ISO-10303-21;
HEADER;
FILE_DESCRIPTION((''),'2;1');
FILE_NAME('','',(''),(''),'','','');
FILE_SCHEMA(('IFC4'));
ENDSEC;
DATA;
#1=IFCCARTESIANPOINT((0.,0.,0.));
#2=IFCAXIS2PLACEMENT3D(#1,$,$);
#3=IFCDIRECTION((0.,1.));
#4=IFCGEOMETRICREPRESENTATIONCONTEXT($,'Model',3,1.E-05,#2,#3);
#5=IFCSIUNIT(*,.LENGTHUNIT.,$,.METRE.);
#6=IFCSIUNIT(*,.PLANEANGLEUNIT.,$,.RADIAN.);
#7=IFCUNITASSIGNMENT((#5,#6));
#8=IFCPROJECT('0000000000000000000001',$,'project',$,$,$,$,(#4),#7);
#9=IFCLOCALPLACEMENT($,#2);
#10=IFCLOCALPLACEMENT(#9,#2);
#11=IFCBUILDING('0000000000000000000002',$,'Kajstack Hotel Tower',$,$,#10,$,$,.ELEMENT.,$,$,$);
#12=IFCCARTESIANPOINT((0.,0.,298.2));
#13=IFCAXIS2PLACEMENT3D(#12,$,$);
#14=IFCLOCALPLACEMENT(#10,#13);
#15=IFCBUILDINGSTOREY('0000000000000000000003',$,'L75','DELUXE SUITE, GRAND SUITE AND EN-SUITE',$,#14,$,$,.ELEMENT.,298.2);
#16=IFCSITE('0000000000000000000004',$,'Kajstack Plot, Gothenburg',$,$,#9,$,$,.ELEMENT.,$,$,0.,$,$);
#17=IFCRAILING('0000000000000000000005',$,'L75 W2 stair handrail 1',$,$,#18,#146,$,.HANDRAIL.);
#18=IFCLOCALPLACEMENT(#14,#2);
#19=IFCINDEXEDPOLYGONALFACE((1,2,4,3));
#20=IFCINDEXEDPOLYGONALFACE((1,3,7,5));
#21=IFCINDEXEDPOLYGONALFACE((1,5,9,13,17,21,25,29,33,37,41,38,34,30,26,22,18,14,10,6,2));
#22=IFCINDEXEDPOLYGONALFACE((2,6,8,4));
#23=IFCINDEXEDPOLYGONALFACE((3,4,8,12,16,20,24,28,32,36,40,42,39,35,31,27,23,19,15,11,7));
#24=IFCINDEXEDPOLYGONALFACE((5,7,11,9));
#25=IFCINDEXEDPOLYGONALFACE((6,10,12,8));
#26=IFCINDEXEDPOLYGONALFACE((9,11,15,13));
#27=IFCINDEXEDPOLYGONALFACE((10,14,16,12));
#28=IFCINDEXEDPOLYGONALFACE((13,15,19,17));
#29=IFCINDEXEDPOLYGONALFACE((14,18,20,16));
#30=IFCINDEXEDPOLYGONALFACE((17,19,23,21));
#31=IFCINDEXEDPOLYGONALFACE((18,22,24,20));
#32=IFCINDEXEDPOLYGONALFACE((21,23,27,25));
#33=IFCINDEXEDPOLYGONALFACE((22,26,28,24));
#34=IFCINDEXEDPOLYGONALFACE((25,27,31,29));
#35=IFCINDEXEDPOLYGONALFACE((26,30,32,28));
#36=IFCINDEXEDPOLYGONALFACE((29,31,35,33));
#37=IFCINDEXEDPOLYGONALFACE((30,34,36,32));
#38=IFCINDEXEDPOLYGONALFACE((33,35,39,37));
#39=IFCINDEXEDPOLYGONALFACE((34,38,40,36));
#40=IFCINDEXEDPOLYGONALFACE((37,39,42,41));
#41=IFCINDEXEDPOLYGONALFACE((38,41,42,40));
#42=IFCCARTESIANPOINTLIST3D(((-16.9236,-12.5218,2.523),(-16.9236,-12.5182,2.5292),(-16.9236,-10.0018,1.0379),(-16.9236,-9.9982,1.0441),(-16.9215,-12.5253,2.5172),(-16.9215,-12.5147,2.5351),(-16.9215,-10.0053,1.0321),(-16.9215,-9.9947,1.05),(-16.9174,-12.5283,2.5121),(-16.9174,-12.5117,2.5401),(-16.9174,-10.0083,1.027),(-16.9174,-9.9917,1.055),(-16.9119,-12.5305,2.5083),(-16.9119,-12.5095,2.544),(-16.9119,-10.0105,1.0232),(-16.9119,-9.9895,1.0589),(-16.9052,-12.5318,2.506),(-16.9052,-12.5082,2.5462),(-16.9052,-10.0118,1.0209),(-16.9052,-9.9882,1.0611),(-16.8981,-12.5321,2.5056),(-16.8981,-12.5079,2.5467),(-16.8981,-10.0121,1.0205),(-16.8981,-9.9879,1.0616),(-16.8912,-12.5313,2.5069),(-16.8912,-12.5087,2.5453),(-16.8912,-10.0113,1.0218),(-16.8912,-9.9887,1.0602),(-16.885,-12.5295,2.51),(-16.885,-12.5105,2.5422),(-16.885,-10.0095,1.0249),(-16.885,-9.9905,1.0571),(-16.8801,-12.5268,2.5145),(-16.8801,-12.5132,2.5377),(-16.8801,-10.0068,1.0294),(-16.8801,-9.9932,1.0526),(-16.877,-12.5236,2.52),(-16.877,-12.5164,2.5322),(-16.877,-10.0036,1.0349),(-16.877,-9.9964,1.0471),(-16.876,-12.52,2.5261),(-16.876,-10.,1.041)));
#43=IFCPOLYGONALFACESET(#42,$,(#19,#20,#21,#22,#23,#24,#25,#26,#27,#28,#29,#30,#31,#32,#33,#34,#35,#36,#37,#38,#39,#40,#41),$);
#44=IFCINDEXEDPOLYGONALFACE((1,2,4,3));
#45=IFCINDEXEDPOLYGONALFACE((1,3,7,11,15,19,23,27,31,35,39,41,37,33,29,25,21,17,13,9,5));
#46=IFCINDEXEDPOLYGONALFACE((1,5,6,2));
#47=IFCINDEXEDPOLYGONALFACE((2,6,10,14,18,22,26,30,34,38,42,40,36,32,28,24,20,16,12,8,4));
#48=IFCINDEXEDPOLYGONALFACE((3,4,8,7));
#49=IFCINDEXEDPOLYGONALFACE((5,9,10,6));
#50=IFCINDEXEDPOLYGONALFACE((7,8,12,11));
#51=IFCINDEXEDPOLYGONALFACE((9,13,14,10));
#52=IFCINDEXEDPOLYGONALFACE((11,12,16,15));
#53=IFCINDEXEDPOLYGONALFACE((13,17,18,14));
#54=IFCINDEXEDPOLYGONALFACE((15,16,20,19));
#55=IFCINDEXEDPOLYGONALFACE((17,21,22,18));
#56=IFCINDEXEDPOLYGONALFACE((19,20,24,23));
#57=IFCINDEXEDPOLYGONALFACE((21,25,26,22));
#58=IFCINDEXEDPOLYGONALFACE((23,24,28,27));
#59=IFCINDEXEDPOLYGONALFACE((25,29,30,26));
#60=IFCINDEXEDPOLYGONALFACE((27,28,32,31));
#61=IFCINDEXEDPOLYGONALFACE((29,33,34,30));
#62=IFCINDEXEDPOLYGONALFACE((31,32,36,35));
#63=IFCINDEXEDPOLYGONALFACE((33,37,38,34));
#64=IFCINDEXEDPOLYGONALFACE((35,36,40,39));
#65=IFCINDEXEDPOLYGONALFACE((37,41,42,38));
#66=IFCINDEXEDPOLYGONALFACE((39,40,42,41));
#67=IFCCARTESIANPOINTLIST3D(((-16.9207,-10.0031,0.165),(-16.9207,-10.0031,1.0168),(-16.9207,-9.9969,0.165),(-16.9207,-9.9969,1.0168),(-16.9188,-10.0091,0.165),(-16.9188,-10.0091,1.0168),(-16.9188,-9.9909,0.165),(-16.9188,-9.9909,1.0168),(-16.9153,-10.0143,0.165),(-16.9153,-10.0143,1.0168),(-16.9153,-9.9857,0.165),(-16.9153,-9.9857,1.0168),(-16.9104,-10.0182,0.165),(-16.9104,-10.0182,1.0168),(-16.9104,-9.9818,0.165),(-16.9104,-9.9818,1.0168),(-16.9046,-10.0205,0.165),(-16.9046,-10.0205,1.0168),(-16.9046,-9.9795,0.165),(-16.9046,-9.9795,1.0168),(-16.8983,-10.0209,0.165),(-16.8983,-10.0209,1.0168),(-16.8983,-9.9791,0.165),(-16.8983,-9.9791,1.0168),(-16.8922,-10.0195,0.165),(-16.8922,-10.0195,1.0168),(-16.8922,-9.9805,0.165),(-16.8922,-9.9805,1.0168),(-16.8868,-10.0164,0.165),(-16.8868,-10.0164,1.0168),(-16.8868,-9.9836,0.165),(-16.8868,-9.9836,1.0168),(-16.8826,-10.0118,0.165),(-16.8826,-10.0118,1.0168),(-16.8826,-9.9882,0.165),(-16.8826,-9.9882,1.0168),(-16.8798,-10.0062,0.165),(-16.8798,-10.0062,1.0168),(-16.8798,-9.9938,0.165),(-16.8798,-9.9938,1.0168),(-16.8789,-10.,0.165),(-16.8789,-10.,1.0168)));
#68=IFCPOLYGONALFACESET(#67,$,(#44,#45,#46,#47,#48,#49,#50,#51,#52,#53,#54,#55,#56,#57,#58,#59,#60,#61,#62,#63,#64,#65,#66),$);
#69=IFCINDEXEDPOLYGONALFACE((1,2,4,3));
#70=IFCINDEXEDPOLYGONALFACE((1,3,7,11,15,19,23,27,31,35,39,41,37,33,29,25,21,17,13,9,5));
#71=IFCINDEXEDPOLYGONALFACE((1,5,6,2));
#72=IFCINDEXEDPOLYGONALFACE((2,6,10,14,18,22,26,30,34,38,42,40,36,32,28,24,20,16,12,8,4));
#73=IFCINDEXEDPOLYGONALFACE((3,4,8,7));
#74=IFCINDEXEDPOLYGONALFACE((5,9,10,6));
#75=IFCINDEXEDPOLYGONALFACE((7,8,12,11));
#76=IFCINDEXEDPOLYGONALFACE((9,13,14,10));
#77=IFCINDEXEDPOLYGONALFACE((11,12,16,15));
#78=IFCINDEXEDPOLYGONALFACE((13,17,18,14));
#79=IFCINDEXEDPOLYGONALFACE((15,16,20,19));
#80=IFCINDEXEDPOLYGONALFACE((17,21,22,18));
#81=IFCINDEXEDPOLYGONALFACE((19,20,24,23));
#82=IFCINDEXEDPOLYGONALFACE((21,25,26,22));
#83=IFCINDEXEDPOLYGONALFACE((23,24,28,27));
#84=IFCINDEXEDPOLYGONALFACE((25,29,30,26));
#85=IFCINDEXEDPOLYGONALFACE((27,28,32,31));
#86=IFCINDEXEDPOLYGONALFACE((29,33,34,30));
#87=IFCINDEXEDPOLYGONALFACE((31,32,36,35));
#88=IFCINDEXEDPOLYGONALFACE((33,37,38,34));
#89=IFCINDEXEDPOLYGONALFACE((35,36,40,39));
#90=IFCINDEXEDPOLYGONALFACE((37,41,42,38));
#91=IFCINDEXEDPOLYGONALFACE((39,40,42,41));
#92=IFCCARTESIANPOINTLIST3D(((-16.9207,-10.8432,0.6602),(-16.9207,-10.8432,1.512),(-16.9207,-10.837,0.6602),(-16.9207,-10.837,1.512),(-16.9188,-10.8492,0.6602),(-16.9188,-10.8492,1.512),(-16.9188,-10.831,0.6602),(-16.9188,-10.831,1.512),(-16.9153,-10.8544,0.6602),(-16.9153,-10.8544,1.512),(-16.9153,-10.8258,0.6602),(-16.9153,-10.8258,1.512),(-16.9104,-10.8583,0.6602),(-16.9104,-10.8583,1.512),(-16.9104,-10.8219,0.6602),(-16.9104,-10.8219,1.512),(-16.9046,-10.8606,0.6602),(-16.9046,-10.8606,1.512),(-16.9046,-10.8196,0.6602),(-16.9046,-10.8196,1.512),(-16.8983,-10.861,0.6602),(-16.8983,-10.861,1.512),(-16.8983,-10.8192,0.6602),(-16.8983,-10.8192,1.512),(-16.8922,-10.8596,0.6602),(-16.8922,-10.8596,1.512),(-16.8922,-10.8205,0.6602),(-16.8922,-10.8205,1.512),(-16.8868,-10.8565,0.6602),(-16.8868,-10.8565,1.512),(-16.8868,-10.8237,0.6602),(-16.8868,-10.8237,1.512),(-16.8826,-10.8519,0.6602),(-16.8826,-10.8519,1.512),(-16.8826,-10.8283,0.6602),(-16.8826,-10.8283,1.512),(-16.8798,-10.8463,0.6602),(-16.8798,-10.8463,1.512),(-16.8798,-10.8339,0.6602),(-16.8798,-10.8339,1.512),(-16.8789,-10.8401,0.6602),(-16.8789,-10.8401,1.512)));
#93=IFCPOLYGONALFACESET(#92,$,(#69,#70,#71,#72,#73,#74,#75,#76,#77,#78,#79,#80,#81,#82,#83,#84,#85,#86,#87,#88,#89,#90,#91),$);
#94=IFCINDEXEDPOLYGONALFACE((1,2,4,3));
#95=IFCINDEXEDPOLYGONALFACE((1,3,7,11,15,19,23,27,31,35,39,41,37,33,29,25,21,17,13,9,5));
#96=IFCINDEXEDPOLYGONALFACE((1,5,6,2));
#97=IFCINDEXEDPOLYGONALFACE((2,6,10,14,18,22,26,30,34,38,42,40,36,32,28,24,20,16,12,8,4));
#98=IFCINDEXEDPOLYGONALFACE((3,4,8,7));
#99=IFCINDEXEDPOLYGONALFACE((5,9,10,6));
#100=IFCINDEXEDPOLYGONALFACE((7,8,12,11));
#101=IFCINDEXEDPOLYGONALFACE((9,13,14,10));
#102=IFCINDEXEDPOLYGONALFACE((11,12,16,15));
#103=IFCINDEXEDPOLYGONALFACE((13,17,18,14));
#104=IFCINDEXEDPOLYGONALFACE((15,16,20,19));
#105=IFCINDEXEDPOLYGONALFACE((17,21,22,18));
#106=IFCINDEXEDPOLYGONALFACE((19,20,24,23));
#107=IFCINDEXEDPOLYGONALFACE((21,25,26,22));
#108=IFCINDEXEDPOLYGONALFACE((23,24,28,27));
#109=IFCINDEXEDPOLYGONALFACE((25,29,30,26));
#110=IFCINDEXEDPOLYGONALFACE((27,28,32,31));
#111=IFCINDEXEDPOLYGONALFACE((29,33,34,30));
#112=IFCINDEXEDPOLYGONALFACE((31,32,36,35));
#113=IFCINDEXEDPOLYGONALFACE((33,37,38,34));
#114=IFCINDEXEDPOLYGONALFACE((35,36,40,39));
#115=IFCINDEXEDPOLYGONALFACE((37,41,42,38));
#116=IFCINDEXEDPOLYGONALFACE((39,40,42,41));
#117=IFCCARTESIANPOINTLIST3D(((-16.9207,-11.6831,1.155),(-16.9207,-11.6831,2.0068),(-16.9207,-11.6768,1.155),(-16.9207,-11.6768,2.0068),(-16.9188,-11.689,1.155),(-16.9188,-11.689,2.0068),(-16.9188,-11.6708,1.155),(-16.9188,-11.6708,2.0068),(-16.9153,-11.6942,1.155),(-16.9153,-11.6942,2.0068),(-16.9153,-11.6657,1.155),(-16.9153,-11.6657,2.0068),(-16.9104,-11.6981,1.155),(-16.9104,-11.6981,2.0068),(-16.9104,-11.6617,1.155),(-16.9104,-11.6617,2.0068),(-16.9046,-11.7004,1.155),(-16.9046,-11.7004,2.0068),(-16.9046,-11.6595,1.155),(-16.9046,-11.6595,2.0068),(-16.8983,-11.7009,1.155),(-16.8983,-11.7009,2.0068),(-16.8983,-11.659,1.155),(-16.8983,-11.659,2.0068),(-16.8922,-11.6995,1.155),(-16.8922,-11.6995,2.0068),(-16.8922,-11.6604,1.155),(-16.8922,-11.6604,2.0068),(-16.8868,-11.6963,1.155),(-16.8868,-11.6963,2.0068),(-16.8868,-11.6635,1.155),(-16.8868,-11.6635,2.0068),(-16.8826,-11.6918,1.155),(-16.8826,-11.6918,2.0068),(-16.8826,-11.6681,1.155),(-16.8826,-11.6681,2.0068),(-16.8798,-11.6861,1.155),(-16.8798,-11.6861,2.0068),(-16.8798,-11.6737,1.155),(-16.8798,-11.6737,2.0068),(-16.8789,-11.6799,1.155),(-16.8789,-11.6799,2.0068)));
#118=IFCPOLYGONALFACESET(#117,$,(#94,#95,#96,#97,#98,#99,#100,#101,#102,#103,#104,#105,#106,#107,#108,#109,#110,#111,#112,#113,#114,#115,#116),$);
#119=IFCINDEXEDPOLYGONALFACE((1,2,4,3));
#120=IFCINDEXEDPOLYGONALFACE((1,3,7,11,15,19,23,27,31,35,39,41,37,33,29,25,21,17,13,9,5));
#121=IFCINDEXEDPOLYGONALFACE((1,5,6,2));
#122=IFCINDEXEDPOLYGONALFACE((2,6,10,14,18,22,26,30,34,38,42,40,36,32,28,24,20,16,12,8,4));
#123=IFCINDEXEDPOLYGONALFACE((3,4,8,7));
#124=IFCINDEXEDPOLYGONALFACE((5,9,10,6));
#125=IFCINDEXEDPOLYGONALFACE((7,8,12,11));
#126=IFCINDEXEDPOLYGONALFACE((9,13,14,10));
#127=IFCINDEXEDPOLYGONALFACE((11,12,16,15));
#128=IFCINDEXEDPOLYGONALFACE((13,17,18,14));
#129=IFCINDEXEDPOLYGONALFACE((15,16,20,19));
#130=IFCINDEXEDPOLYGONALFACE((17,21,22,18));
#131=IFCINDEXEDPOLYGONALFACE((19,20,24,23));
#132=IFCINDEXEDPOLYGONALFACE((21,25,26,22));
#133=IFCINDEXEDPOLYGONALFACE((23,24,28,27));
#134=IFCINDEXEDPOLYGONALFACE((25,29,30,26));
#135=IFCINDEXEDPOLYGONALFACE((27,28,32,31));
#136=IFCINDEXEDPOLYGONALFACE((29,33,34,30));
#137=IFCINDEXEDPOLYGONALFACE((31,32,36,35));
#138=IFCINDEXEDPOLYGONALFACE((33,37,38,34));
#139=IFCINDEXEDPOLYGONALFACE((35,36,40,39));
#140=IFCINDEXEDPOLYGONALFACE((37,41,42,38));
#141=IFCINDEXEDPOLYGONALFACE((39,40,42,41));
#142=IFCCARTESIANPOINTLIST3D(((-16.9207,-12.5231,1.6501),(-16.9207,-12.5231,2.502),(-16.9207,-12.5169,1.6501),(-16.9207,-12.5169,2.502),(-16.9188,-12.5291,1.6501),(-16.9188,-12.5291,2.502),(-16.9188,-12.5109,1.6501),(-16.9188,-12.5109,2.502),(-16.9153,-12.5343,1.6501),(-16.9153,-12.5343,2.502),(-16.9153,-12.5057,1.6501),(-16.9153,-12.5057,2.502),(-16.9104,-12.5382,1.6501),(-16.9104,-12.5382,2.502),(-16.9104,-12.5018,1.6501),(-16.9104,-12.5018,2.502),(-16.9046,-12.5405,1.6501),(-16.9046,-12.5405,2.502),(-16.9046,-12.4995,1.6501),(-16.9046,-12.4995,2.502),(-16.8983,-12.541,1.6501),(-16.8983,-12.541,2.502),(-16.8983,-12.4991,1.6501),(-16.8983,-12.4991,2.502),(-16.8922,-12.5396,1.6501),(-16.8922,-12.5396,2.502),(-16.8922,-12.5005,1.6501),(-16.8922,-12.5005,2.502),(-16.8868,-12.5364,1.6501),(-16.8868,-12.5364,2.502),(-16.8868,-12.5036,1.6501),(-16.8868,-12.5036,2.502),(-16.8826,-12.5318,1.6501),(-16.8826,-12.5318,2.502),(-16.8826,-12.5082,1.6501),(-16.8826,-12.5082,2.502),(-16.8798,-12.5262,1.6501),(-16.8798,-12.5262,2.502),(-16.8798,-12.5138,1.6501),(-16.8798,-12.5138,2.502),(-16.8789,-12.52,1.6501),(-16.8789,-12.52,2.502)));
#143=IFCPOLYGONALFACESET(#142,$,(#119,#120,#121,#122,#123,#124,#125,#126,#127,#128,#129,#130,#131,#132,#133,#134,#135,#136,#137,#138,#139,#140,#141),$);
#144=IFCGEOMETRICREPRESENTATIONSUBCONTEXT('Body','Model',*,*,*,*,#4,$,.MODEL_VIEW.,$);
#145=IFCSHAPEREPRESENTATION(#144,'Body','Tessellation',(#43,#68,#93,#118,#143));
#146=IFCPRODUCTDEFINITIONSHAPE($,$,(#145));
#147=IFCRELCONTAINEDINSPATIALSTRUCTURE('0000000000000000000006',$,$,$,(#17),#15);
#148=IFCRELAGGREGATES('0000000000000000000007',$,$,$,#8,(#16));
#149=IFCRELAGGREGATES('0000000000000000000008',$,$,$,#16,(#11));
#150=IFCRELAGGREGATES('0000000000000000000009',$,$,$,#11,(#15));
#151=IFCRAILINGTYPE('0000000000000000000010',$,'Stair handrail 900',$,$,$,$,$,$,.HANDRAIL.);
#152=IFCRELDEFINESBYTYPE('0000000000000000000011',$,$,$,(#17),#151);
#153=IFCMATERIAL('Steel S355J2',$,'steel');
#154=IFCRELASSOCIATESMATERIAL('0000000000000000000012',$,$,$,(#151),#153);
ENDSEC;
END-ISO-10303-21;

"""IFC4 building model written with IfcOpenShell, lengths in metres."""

from ifc_helpers import new_model, si_unit, direction, frame, origin, origin_2d, place, context, subcontext, project, spatial, circle, extrude, material, type_object, element, save


model = new_model("IFC4")

# Units and contexts
model_context = context("Model", 3, precision=1e-05, world=origin(), true_north=direction((0.0, 1.0)))
body_context = subcontext(model_context, "Body", "Model", "MODEL_VIEW")
ifc_project = project(units=[si_unit("LENGTHUNIT", "METRE"), si_unit("PLANEANGLEUNIT", "RADIAN")], contexts=[model_context])

# Site, building, storey
site_placement = place(None, origin())
site = spatial("IfcSite", under=ifc_project, at=site_placement, Name="Kajstack Plot, Gothenburg", CompositionType="ELEMENT", RefElevation=0.0)
building_placement = place(site_placement, origin())
building = spatial("IfcBuilding", under=site, at=building_placement, Name="Kajstack Hotel Tower", CompositionType="ELEMENT")
storey_placement = place(building_placement, frame((0.0, 0.0, 298.2)))
storey = spatial("IfcBuildingStorey", under=building, at=storey_placement, Name="L75", Description="DELUXE SUITE, GRAND SUITE AND EN-SUITE", CompositionType="ELEMENT", Elevation=298.2)

# Railing
ifc_material_1 = material(Name="Steel S355J2", Category="steel")
railing_type_1 = type_object("IfcRailingType", Name="Stair handrail 900", PredefinedType="HANDRAIL", material=ifc_material_1)
railing_1_placement = place(storey_placement, frame((-16.8999, -10.0, 0.165)))
element("IfcRailing", 1, at=railing_1_placement, inside=storey, type_object=railing_type_1, Name="L75 W2 stair handrail 1", PredefinedType="HANDRAIL", context=body_context, shape_type="SweptSolid", body=[
    extrude(circle(Radius=0.0239, at=origin_2d()), frame((0.0, 0.0, 0.876), z_axis=(0.0, -0.861524, 0.507717), x_axis=(1.0, 0.0, 0.0)), (0.0, 0.0, 1.0), 2.925),
    extrude(circle(Radius=0.021, at=origin_2d()), origin(), (0.0, 0.0, 1.0), 0.8518),
    extrude(circle(Radius=0.021, at=origin_2d()), frame((0.0, -0.8401, 0.4951)), (0.0, 0.0, 1.0), 0.8518),
    extrude(circle(Radius=0.021, at=origin_2d()), frame((0.0, -1.6799, 0.99)), (0.0, 0.0, 1.0), 0.8518),
    extrude(circle(Radius=0.021, at=origin_2d()), frame((0.0, -2.52, 1.4851)), (0.0, 0.0, 1.0), 0.8518),
])

save(model, "model.ifc")
